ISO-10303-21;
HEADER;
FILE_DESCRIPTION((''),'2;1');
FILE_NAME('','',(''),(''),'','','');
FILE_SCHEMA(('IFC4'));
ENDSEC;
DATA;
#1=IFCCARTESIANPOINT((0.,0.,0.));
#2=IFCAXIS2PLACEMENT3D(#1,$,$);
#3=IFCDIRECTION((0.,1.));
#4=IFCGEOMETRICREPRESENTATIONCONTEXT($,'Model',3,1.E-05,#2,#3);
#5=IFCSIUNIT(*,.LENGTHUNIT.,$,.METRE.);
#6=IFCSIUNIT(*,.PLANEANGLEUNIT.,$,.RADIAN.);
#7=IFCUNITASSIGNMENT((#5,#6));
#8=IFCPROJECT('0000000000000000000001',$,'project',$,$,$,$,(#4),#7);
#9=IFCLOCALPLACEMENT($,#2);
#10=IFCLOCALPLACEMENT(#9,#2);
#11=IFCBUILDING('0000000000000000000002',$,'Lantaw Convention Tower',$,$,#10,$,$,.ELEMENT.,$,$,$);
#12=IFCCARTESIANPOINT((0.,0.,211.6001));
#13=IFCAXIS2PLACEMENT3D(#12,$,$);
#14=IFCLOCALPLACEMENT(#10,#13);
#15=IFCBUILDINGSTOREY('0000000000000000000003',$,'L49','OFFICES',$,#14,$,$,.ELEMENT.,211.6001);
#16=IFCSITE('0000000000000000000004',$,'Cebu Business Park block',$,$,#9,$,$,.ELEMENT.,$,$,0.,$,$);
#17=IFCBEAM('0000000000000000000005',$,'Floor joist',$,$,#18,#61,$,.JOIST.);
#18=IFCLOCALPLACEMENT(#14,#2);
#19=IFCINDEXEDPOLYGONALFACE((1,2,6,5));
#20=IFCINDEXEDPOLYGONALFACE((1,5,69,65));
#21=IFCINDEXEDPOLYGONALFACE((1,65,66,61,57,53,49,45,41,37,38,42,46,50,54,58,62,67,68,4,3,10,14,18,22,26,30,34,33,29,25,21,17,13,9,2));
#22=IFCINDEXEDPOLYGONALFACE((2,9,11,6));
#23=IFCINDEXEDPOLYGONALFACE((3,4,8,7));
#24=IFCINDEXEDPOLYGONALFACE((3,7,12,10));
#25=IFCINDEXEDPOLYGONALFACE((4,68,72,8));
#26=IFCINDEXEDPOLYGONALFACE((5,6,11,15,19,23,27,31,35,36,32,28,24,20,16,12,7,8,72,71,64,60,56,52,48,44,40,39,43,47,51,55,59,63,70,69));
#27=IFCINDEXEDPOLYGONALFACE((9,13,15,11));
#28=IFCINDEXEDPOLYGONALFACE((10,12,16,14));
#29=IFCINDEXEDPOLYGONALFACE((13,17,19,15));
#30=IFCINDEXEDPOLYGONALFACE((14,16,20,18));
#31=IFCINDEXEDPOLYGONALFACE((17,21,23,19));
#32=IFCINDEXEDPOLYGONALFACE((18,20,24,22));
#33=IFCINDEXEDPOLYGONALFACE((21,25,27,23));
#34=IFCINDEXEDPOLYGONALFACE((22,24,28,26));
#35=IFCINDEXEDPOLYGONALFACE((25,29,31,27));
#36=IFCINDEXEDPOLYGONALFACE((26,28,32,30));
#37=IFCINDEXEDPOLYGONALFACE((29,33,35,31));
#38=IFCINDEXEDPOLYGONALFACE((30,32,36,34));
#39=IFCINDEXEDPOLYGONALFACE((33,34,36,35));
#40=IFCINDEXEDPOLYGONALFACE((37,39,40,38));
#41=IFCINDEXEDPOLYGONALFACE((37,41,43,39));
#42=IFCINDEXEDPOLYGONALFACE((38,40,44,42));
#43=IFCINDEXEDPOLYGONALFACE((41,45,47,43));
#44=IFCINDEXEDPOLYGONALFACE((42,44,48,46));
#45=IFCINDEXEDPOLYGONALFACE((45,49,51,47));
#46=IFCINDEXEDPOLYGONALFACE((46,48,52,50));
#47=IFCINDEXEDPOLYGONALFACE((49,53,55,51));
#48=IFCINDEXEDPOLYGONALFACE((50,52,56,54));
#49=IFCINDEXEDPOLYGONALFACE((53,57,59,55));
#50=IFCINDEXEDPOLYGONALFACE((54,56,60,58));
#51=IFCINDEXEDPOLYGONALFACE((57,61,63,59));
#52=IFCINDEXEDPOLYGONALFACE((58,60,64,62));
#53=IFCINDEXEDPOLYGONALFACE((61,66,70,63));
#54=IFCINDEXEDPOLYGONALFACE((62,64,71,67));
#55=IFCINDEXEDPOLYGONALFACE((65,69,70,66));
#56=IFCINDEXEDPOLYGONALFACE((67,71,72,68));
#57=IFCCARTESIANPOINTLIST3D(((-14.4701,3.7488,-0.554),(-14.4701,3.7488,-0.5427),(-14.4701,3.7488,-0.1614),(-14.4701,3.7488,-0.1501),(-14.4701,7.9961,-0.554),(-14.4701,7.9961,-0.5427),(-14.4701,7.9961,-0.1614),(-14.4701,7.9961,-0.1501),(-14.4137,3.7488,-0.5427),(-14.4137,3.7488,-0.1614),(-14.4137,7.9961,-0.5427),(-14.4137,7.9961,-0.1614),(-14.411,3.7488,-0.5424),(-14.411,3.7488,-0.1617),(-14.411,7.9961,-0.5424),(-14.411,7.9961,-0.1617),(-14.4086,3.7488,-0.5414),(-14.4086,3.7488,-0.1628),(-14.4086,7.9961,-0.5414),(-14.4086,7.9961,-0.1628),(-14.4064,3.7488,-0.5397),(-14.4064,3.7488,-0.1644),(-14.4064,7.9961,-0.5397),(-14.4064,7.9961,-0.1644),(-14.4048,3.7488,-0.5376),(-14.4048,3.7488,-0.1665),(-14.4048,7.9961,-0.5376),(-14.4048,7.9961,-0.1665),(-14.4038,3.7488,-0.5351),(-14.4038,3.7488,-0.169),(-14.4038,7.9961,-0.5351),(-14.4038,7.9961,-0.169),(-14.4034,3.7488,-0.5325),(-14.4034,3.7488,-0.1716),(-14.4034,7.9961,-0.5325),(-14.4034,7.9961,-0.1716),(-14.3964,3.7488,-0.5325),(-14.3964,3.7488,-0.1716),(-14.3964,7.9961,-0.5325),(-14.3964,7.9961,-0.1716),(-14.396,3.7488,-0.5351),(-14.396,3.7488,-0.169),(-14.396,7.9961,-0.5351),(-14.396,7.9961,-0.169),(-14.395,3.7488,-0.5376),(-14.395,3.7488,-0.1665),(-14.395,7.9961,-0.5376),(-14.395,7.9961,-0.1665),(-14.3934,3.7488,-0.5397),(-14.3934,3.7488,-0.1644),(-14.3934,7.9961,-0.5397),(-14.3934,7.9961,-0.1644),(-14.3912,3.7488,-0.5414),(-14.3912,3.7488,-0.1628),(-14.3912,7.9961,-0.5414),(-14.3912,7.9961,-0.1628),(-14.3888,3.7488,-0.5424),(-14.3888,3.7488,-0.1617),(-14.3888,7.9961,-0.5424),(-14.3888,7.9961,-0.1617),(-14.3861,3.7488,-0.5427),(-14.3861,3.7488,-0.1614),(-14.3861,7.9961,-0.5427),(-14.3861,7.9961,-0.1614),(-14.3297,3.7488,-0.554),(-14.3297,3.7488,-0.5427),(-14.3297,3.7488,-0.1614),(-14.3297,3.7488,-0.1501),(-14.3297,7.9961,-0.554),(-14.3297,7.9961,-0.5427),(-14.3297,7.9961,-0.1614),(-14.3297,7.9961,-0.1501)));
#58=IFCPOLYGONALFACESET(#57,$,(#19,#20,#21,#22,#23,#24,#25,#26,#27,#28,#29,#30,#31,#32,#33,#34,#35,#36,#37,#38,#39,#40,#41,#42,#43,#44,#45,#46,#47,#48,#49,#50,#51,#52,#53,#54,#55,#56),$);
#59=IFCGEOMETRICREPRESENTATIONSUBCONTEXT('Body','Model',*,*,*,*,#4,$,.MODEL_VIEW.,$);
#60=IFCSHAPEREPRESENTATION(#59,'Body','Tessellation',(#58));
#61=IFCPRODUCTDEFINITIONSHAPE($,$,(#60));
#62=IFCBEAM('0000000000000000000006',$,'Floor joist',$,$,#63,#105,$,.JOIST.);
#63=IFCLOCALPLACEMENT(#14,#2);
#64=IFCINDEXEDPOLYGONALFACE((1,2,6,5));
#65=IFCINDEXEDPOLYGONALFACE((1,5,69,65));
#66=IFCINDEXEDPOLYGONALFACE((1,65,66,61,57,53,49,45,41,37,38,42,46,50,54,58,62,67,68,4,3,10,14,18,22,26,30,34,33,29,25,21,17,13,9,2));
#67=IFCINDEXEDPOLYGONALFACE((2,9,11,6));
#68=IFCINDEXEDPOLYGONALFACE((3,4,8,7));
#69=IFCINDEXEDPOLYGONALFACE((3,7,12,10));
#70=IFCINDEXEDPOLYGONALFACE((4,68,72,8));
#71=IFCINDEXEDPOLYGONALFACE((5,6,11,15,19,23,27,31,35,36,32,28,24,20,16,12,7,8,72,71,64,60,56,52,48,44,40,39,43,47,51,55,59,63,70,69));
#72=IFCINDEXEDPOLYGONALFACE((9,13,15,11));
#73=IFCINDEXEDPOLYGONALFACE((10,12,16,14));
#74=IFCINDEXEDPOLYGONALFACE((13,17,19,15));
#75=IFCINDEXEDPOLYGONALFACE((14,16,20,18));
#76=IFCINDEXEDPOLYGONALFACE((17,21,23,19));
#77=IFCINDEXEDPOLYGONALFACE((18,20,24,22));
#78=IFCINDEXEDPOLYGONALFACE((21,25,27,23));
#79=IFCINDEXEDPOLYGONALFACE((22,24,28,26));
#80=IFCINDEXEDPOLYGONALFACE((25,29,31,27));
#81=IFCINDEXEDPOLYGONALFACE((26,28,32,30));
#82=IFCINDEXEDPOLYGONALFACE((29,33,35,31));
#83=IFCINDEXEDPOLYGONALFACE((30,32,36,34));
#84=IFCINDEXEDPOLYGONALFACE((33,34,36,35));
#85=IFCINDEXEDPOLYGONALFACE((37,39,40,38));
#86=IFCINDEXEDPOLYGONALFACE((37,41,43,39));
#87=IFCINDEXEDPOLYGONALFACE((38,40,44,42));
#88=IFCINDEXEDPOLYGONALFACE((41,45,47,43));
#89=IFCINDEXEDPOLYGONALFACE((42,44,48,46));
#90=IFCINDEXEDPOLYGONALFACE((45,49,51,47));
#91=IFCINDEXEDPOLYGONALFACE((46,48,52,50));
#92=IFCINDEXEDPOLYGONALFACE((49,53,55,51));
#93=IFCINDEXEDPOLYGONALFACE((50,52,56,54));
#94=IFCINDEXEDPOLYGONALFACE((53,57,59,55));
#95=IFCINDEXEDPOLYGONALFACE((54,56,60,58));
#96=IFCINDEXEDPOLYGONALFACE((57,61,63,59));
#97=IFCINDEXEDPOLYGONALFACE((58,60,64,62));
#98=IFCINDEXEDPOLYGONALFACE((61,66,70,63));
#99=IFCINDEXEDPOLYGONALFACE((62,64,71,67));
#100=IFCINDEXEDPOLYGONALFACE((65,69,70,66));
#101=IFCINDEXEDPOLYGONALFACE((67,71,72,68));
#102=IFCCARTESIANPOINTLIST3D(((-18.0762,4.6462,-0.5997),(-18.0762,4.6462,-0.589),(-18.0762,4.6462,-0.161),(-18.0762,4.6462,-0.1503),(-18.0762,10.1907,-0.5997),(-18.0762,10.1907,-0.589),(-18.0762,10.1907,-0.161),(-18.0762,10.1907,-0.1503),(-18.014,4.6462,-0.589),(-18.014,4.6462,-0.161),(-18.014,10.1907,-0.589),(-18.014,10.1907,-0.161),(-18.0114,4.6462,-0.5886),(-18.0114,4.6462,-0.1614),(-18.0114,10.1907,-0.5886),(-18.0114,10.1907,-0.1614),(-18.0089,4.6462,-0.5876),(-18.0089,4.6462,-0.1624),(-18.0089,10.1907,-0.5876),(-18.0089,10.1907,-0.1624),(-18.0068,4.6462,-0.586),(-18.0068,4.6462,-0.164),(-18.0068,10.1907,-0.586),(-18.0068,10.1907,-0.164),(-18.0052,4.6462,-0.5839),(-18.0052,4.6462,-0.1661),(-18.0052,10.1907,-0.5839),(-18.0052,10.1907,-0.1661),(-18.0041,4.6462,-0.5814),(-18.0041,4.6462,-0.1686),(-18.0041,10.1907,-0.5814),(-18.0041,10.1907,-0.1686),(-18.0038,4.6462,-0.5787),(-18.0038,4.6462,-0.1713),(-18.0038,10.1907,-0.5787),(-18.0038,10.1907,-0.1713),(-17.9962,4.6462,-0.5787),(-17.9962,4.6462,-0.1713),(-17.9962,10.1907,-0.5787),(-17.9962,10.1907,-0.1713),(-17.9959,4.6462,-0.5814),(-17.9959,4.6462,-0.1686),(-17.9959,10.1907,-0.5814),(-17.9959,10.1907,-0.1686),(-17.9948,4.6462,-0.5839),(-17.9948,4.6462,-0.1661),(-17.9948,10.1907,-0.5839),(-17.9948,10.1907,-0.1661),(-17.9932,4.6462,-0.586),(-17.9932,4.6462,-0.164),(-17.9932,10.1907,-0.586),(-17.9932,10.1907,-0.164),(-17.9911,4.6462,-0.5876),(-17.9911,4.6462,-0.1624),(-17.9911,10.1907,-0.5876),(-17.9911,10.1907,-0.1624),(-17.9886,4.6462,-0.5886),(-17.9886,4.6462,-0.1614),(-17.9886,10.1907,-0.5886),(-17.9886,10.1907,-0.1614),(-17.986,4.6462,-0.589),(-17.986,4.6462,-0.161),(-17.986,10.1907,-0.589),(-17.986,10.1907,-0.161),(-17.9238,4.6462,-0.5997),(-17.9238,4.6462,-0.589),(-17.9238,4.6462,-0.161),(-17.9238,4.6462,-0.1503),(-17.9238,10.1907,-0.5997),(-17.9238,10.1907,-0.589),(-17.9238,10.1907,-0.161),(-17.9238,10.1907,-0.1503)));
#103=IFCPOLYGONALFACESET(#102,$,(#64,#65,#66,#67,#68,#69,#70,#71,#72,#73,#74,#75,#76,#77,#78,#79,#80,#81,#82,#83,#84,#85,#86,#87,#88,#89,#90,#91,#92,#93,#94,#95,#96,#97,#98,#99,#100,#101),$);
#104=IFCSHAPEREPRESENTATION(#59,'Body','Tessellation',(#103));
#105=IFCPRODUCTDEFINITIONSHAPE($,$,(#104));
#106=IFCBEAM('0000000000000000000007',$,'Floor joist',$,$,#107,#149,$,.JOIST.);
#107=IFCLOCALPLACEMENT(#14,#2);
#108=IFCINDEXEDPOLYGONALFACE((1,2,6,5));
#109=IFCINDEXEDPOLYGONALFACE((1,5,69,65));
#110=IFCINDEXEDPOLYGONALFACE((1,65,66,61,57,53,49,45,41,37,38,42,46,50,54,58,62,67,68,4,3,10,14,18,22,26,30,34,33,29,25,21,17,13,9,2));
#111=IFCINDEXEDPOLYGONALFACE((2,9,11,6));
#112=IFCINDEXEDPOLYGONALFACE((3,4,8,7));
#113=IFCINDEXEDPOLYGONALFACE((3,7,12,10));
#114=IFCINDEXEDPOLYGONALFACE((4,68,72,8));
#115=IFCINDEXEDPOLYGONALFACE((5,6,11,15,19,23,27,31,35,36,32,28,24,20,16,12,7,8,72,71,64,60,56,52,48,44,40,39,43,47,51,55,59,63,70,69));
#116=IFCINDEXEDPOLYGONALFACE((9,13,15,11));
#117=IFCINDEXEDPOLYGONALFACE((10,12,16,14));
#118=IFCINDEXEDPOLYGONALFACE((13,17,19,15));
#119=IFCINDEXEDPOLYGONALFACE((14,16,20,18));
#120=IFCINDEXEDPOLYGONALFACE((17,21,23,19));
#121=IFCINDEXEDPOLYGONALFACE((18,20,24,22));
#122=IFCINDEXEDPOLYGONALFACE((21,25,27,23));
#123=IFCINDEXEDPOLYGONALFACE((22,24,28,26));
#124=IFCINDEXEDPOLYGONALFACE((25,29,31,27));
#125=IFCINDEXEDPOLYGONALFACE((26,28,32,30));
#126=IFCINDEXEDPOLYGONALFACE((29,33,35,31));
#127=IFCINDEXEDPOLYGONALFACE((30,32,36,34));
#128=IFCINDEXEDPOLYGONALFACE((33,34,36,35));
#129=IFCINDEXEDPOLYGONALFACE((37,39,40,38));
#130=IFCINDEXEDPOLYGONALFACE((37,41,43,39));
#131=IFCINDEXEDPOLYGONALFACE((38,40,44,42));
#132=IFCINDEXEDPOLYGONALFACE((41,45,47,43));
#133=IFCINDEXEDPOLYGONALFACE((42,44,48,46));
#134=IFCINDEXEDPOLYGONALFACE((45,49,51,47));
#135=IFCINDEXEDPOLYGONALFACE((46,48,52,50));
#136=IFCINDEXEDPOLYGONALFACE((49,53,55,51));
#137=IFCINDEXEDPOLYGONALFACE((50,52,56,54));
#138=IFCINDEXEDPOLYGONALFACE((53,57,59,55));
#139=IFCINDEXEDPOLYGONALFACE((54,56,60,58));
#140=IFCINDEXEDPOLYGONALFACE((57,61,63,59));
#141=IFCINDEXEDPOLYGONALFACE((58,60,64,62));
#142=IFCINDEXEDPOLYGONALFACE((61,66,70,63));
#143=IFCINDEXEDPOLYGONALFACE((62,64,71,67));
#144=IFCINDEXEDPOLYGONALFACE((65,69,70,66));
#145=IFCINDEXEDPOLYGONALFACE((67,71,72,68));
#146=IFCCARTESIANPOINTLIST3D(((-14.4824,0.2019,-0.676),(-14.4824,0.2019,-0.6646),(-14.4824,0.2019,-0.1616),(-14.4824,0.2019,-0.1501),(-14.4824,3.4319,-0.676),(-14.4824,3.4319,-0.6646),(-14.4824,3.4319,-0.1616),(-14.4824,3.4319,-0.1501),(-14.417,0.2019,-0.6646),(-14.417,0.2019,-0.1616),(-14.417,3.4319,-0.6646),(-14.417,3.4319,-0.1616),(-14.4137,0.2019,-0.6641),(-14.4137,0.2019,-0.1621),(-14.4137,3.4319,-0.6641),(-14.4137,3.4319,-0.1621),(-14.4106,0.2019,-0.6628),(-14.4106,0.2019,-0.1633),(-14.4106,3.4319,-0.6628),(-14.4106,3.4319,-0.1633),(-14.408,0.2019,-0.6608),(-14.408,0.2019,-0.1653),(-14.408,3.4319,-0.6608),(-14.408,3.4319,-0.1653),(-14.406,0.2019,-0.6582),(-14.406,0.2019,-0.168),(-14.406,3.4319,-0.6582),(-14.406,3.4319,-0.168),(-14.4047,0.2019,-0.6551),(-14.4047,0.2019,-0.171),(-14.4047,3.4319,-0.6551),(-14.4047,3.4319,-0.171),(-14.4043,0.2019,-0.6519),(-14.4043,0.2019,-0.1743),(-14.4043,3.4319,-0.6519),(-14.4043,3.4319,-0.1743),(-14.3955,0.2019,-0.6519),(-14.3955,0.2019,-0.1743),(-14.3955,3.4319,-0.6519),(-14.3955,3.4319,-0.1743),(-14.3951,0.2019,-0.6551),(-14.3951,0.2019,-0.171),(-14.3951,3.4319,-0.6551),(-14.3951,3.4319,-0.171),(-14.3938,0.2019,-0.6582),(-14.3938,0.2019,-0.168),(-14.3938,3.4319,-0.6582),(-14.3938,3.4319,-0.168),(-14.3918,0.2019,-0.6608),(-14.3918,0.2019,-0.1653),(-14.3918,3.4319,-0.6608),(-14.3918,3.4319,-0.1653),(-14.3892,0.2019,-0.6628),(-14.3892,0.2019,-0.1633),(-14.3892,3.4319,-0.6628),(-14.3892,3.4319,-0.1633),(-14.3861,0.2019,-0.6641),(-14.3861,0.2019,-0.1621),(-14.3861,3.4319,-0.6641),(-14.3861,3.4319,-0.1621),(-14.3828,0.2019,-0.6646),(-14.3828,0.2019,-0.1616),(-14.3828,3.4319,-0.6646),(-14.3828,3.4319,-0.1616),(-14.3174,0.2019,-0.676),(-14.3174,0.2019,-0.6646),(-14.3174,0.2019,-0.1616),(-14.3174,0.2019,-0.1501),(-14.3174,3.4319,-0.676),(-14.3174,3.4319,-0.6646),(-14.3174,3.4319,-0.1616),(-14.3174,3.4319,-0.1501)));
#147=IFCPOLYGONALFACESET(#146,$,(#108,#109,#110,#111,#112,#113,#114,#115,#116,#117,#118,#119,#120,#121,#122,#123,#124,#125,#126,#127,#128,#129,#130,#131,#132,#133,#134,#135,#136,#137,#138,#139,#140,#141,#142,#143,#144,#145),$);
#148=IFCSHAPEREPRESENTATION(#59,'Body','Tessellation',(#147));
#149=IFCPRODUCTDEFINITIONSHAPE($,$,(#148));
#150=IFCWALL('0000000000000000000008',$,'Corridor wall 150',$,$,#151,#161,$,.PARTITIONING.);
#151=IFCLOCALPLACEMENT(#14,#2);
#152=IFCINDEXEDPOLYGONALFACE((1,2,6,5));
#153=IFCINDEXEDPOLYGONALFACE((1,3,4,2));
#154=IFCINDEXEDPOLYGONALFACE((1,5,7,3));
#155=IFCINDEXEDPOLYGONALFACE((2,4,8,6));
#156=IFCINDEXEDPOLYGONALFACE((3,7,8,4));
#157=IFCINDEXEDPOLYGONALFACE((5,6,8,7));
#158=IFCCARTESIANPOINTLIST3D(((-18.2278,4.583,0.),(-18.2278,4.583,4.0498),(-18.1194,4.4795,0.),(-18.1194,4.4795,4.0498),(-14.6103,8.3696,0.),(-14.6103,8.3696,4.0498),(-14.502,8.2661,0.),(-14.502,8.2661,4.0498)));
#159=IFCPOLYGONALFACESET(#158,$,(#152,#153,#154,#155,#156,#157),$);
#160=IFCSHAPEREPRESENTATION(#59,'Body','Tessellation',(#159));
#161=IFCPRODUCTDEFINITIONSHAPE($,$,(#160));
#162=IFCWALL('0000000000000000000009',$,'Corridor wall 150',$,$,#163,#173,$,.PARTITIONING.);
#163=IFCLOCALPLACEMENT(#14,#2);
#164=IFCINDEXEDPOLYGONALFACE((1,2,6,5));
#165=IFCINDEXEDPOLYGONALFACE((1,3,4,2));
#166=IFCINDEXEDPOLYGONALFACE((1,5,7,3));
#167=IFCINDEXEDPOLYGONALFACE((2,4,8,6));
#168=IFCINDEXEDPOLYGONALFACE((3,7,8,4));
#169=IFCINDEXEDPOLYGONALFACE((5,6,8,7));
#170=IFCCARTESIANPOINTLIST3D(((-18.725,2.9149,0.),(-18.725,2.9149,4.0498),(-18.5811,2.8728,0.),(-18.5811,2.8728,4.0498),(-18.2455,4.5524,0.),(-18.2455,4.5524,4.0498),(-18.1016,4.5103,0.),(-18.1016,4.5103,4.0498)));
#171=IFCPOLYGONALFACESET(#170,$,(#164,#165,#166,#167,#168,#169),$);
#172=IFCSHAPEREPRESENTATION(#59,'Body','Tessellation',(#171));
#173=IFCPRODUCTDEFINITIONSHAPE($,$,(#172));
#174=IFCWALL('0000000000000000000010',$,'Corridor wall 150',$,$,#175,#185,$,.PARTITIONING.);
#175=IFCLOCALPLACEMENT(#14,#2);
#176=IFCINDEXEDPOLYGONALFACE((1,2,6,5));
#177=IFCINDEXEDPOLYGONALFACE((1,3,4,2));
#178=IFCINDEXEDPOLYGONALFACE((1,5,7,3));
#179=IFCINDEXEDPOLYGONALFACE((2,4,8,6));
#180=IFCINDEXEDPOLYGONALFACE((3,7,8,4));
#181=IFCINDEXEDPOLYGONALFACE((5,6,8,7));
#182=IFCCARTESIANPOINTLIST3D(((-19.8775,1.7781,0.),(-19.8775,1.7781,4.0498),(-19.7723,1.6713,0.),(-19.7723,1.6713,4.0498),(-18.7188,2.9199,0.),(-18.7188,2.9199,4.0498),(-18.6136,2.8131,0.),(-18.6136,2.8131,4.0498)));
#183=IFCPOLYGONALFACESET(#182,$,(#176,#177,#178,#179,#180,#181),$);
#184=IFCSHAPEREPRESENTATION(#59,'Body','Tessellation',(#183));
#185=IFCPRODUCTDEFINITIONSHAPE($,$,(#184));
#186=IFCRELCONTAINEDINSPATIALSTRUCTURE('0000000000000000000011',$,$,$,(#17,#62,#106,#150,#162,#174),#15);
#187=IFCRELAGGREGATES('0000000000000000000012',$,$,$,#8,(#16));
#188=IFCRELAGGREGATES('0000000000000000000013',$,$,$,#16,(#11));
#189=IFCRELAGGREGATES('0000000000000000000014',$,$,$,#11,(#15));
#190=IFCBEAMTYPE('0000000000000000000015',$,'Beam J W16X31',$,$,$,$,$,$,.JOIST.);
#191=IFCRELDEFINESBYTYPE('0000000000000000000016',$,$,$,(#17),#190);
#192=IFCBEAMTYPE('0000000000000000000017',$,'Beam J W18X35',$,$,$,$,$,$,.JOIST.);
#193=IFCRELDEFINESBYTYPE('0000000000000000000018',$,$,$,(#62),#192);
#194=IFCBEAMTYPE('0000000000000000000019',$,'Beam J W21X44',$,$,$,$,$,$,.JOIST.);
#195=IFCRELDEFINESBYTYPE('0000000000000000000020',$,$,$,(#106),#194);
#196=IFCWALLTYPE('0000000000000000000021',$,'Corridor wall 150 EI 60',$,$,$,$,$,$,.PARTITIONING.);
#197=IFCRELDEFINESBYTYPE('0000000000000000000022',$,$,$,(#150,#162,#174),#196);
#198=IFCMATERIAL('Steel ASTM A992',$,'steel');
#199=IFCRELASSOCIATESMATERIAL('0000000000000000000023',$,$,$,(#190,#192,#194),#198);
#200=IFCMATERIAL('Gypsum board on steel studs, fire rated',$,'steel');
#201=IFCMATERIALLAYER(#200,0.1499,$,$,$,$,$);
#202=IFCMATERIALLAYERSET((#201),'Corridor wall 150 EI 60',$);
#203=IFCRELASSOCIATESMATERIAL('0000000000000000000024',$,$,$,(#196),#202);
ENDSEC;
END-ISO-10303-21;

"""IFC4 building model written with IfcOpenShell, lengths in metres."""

from ifc_helpers import new_model, si_unit, direction, frame, frame_2d, origin, origin_2d, place, context, subcontext, project, spatial, rectangle, i_section, extrude, material, layer, layer_set, material_profile, profile_set, type_object, element, save


model = new_model("IFC4")

# Units and contexts
model_context = context("Model", 3, precision=1e-05, world=origin(), true_north=direction((0.0, 1.0)))
body_context = subcontext(model_context, "Body", "Model", "MODEL_VIEW")
ifc_project = project(units=[si_unit("LENGTHUNIT", "METRE"), si_unit("PLANEANGLEUNIT", "RADIAN")], contexts=[model_context])

# Site, building, storey
site_placement = place(None, origin())
site = spatial("IfcSite", under=ifc_project, at=site_placement, Name="Cebu Business Park block", CompositionType="ELEMENT", RefElevation=0.0)
building_placement = place(site_placement, origin())
building = spatial("IfcBuilding", under=site, at=building_placement, Name="Lantaw Convention Tower", CompositionType="ELEMENT")
storey_placement = place(building_placement, frame((0.0, 0.0, 211.6001)))
storey = spatial("IfcBuildingStorey", under=building, at=storey_placement, Name="L49", Description="OFFICES", CompositionType="ELEMENT", Elevation=211.6001)

# Beams
ifc_material_1 = material(Name="Steel ASTM A992", Category="steel")
ifc_material_profile_1 = material_profile(ifc_material_1, i_section(OverallWidth=0.1404, OverallDepth=0.4038, WebThickness=0.0071, FlangeThickness=0.0112, FilletRadius=0.0103, at=origin_2d()), Name="W16X31")
ifc_profile_set_1 = profile_set([ifc_material_profile_1], Name="Steel ASTM A992")
beam_type_1 = type_object("IfcBeamType", Name="Beam J W16X31", PredefinedType="JOIST", material=ifc_profile_set_1)
beam_1_placement = place(storey_placement, frame((-14.3999, 3.7488, -0.3521), z_axis=(0.0, 1.0, 0.0), x_axis=(-1.0, 0.0, 0.0)))
element("IfcBeam", 1, at=beam_1_placement, inside=storey, type_object=beam_type_1, Name="Floor joist", PredefinedType="JOIST", context=body_context, shape_type="SweptSolid", body=[
    extrude(i_section(OverallWidth=0.1404, OverallDepth=0.4038, WebThickness=0.0071, FlangeThickness=0.0112, FilletRadius=0.0103, at=origin_2d()), origin(), (0.0, 0.0, 1.0), 4.2473),
])
ifc_material_profile_2 = material_profile(ifc_material_1, i_section(OverallWidth=0.1523, OverallDepth=0.4495, WebThickness=0.0076, FlangeThickness=0.0107, FilletRadius=0.0103, at=origin_2d()), Name="W18X35")
ifc_profile_set_2 = profile_set([ifc_material_profile_2], Name="Steel ASTM A992")
beam_type_2 = type_object("IfcBeamType", Name="Beam J W18X35", PredefinedType="JOIST", material=ifc_profile_set_2)
beam_2_placement = place(storey_placement, frame((-18.0, 4.6462, -0.375), z_axis=(0.0, 1.0, 0.0), x_axis=(-1.0, 0.0, 0.0)))
element("IfcBeam", 2, at=beam_2_placement, inside=storey, type_object=beam_type_2, Name="Floor joist", PredefinedType="JOIST", context=body_context, shape_type="SweptSolid", body=[
    extrude(i_section(OverallWidth=0.1523, OverallDepth=0.4495, WebThickness=0.0076, FlangeThickness=0.0107, FilletRadius=0.0103, at=origin_2d()), origin(), (0.0, 0.0, 1.0), 5.5444),
])
ifc_material_profile_3 = material_profile(ifc_material_1, i_section(OverallWidth=0.165, OverallDepth=0.5259, WebThickness=0.0088, FlangeThickness=0.0115, FilletRadius=0.0127, at=origin_2d()), Name="W21X44")
ifc_profile_set_3 = profile_set([ifc_material_profile_3], Name="Steel ASTM A992")
beam_type_3 = type_object("IfcBeamType", Name="Beam J W21X44", PredefinedType="JOIST", material=ifc_profile_set_3)
beam_3_placement = place(storey_placement, frame((-14.3999, 0.2019, -0.4131), z_axis=(0.0, 1.0, 0.0), x_axis=(-1.0, 0.0, 0.0)))
element("IfcBeam", 3, at=beam_3_placement, inside=storey, type_object=beam_type_3, Name="Floor joist", PredefinedType="JOIST", context=body_context, shape_type="SweptSolid", body=[
    extrude(i_section(OverallWidth=0.165, OverallDepth=0.5259, WebThickness=0.0088, FlangeThickness=0.0115, FilletRadius=0.0127, at=origin_2d()), origin(), (0.0, 0.0, 1.0), 3.23),
])

# Walls
ifc_material_2 = material(Name="Gypsum board on steel studs, fire rated", Category="steel")
ifc_layer_1 = layer(ifc_material_2, 0.1499)
ifc_layer_set_1 = layer_set([ifc_layer_1], Name="Corridor wall 150 EI 60")
wall_type_1 = type_object("IfcWallType", Name="Corridor wall 150 EI 60", PredefinedType="PARTITIONING", material=ifc_layer_set_1)
wall_1_placement = place(storey_placement, frame((-14.5562, 8.3179, 0.0), z_axis=(0.0, 0.0, 1.0), x_axis=(-0.690768, -0.723076, 0.0)))
element("IfcWall", 4, at=wall_1_placement, inside=storey, type_object=wall_type_1, Name="Corridor wall 150", PredefinedType="PARTITIONING", context=body_context, shape_type="SweptSolid", body=[
    extrude(rectangle(XDim=5.2368, YDim=0.1499, at=frame_2d((2.6184, 0.0))), origin(), (0.0, 0.0, 1.0), 4.0498),
])
wall_2_placement = place(storey_placement, frame((-18.1736, 4.5312, 0.0), z_axis=(0.0, 0.0, 1.0), x_axis=(-0.281027, -0.9597, 0.0)))
element("IfcWall", 5, at=wall_2_placement, inside=storey, type_object=wall_type_1, Name="Corridor wall 150", PredefinedType="PARTITIONING", context=body_context, shape_type="SweptSolid", body=[
    extrude(rectangle(XDim=1.7063, YDim=0.1499, at=frame_2d((0.853, 0.0))), origin(), (0.0, 0.0, 1.0), 4.0498),
])
wall_3_placement = place(storey_placement, frame((-19.825, 1.7246, 0.0), z_axis=(0.0, 0.0, 1.0), x_axis=(0.712265, 0.70191, 0.0)))
element("IfcWall", 6, at=wall_3_placement, inside=storey, type_object=wall_type_1, Name="Corridor wall 150", PredefinedType="PARTITIONING", context=body_context, shape_type="SweptSolid", body=[
    extrude(rectangle(XDim=1.6267, YDim=0.1499, at=frame_2d((0.8135, 0.0))), origin(), (0.0, 0.0, 1.0), 4.0498),
])

save(model, "model.ifc")
